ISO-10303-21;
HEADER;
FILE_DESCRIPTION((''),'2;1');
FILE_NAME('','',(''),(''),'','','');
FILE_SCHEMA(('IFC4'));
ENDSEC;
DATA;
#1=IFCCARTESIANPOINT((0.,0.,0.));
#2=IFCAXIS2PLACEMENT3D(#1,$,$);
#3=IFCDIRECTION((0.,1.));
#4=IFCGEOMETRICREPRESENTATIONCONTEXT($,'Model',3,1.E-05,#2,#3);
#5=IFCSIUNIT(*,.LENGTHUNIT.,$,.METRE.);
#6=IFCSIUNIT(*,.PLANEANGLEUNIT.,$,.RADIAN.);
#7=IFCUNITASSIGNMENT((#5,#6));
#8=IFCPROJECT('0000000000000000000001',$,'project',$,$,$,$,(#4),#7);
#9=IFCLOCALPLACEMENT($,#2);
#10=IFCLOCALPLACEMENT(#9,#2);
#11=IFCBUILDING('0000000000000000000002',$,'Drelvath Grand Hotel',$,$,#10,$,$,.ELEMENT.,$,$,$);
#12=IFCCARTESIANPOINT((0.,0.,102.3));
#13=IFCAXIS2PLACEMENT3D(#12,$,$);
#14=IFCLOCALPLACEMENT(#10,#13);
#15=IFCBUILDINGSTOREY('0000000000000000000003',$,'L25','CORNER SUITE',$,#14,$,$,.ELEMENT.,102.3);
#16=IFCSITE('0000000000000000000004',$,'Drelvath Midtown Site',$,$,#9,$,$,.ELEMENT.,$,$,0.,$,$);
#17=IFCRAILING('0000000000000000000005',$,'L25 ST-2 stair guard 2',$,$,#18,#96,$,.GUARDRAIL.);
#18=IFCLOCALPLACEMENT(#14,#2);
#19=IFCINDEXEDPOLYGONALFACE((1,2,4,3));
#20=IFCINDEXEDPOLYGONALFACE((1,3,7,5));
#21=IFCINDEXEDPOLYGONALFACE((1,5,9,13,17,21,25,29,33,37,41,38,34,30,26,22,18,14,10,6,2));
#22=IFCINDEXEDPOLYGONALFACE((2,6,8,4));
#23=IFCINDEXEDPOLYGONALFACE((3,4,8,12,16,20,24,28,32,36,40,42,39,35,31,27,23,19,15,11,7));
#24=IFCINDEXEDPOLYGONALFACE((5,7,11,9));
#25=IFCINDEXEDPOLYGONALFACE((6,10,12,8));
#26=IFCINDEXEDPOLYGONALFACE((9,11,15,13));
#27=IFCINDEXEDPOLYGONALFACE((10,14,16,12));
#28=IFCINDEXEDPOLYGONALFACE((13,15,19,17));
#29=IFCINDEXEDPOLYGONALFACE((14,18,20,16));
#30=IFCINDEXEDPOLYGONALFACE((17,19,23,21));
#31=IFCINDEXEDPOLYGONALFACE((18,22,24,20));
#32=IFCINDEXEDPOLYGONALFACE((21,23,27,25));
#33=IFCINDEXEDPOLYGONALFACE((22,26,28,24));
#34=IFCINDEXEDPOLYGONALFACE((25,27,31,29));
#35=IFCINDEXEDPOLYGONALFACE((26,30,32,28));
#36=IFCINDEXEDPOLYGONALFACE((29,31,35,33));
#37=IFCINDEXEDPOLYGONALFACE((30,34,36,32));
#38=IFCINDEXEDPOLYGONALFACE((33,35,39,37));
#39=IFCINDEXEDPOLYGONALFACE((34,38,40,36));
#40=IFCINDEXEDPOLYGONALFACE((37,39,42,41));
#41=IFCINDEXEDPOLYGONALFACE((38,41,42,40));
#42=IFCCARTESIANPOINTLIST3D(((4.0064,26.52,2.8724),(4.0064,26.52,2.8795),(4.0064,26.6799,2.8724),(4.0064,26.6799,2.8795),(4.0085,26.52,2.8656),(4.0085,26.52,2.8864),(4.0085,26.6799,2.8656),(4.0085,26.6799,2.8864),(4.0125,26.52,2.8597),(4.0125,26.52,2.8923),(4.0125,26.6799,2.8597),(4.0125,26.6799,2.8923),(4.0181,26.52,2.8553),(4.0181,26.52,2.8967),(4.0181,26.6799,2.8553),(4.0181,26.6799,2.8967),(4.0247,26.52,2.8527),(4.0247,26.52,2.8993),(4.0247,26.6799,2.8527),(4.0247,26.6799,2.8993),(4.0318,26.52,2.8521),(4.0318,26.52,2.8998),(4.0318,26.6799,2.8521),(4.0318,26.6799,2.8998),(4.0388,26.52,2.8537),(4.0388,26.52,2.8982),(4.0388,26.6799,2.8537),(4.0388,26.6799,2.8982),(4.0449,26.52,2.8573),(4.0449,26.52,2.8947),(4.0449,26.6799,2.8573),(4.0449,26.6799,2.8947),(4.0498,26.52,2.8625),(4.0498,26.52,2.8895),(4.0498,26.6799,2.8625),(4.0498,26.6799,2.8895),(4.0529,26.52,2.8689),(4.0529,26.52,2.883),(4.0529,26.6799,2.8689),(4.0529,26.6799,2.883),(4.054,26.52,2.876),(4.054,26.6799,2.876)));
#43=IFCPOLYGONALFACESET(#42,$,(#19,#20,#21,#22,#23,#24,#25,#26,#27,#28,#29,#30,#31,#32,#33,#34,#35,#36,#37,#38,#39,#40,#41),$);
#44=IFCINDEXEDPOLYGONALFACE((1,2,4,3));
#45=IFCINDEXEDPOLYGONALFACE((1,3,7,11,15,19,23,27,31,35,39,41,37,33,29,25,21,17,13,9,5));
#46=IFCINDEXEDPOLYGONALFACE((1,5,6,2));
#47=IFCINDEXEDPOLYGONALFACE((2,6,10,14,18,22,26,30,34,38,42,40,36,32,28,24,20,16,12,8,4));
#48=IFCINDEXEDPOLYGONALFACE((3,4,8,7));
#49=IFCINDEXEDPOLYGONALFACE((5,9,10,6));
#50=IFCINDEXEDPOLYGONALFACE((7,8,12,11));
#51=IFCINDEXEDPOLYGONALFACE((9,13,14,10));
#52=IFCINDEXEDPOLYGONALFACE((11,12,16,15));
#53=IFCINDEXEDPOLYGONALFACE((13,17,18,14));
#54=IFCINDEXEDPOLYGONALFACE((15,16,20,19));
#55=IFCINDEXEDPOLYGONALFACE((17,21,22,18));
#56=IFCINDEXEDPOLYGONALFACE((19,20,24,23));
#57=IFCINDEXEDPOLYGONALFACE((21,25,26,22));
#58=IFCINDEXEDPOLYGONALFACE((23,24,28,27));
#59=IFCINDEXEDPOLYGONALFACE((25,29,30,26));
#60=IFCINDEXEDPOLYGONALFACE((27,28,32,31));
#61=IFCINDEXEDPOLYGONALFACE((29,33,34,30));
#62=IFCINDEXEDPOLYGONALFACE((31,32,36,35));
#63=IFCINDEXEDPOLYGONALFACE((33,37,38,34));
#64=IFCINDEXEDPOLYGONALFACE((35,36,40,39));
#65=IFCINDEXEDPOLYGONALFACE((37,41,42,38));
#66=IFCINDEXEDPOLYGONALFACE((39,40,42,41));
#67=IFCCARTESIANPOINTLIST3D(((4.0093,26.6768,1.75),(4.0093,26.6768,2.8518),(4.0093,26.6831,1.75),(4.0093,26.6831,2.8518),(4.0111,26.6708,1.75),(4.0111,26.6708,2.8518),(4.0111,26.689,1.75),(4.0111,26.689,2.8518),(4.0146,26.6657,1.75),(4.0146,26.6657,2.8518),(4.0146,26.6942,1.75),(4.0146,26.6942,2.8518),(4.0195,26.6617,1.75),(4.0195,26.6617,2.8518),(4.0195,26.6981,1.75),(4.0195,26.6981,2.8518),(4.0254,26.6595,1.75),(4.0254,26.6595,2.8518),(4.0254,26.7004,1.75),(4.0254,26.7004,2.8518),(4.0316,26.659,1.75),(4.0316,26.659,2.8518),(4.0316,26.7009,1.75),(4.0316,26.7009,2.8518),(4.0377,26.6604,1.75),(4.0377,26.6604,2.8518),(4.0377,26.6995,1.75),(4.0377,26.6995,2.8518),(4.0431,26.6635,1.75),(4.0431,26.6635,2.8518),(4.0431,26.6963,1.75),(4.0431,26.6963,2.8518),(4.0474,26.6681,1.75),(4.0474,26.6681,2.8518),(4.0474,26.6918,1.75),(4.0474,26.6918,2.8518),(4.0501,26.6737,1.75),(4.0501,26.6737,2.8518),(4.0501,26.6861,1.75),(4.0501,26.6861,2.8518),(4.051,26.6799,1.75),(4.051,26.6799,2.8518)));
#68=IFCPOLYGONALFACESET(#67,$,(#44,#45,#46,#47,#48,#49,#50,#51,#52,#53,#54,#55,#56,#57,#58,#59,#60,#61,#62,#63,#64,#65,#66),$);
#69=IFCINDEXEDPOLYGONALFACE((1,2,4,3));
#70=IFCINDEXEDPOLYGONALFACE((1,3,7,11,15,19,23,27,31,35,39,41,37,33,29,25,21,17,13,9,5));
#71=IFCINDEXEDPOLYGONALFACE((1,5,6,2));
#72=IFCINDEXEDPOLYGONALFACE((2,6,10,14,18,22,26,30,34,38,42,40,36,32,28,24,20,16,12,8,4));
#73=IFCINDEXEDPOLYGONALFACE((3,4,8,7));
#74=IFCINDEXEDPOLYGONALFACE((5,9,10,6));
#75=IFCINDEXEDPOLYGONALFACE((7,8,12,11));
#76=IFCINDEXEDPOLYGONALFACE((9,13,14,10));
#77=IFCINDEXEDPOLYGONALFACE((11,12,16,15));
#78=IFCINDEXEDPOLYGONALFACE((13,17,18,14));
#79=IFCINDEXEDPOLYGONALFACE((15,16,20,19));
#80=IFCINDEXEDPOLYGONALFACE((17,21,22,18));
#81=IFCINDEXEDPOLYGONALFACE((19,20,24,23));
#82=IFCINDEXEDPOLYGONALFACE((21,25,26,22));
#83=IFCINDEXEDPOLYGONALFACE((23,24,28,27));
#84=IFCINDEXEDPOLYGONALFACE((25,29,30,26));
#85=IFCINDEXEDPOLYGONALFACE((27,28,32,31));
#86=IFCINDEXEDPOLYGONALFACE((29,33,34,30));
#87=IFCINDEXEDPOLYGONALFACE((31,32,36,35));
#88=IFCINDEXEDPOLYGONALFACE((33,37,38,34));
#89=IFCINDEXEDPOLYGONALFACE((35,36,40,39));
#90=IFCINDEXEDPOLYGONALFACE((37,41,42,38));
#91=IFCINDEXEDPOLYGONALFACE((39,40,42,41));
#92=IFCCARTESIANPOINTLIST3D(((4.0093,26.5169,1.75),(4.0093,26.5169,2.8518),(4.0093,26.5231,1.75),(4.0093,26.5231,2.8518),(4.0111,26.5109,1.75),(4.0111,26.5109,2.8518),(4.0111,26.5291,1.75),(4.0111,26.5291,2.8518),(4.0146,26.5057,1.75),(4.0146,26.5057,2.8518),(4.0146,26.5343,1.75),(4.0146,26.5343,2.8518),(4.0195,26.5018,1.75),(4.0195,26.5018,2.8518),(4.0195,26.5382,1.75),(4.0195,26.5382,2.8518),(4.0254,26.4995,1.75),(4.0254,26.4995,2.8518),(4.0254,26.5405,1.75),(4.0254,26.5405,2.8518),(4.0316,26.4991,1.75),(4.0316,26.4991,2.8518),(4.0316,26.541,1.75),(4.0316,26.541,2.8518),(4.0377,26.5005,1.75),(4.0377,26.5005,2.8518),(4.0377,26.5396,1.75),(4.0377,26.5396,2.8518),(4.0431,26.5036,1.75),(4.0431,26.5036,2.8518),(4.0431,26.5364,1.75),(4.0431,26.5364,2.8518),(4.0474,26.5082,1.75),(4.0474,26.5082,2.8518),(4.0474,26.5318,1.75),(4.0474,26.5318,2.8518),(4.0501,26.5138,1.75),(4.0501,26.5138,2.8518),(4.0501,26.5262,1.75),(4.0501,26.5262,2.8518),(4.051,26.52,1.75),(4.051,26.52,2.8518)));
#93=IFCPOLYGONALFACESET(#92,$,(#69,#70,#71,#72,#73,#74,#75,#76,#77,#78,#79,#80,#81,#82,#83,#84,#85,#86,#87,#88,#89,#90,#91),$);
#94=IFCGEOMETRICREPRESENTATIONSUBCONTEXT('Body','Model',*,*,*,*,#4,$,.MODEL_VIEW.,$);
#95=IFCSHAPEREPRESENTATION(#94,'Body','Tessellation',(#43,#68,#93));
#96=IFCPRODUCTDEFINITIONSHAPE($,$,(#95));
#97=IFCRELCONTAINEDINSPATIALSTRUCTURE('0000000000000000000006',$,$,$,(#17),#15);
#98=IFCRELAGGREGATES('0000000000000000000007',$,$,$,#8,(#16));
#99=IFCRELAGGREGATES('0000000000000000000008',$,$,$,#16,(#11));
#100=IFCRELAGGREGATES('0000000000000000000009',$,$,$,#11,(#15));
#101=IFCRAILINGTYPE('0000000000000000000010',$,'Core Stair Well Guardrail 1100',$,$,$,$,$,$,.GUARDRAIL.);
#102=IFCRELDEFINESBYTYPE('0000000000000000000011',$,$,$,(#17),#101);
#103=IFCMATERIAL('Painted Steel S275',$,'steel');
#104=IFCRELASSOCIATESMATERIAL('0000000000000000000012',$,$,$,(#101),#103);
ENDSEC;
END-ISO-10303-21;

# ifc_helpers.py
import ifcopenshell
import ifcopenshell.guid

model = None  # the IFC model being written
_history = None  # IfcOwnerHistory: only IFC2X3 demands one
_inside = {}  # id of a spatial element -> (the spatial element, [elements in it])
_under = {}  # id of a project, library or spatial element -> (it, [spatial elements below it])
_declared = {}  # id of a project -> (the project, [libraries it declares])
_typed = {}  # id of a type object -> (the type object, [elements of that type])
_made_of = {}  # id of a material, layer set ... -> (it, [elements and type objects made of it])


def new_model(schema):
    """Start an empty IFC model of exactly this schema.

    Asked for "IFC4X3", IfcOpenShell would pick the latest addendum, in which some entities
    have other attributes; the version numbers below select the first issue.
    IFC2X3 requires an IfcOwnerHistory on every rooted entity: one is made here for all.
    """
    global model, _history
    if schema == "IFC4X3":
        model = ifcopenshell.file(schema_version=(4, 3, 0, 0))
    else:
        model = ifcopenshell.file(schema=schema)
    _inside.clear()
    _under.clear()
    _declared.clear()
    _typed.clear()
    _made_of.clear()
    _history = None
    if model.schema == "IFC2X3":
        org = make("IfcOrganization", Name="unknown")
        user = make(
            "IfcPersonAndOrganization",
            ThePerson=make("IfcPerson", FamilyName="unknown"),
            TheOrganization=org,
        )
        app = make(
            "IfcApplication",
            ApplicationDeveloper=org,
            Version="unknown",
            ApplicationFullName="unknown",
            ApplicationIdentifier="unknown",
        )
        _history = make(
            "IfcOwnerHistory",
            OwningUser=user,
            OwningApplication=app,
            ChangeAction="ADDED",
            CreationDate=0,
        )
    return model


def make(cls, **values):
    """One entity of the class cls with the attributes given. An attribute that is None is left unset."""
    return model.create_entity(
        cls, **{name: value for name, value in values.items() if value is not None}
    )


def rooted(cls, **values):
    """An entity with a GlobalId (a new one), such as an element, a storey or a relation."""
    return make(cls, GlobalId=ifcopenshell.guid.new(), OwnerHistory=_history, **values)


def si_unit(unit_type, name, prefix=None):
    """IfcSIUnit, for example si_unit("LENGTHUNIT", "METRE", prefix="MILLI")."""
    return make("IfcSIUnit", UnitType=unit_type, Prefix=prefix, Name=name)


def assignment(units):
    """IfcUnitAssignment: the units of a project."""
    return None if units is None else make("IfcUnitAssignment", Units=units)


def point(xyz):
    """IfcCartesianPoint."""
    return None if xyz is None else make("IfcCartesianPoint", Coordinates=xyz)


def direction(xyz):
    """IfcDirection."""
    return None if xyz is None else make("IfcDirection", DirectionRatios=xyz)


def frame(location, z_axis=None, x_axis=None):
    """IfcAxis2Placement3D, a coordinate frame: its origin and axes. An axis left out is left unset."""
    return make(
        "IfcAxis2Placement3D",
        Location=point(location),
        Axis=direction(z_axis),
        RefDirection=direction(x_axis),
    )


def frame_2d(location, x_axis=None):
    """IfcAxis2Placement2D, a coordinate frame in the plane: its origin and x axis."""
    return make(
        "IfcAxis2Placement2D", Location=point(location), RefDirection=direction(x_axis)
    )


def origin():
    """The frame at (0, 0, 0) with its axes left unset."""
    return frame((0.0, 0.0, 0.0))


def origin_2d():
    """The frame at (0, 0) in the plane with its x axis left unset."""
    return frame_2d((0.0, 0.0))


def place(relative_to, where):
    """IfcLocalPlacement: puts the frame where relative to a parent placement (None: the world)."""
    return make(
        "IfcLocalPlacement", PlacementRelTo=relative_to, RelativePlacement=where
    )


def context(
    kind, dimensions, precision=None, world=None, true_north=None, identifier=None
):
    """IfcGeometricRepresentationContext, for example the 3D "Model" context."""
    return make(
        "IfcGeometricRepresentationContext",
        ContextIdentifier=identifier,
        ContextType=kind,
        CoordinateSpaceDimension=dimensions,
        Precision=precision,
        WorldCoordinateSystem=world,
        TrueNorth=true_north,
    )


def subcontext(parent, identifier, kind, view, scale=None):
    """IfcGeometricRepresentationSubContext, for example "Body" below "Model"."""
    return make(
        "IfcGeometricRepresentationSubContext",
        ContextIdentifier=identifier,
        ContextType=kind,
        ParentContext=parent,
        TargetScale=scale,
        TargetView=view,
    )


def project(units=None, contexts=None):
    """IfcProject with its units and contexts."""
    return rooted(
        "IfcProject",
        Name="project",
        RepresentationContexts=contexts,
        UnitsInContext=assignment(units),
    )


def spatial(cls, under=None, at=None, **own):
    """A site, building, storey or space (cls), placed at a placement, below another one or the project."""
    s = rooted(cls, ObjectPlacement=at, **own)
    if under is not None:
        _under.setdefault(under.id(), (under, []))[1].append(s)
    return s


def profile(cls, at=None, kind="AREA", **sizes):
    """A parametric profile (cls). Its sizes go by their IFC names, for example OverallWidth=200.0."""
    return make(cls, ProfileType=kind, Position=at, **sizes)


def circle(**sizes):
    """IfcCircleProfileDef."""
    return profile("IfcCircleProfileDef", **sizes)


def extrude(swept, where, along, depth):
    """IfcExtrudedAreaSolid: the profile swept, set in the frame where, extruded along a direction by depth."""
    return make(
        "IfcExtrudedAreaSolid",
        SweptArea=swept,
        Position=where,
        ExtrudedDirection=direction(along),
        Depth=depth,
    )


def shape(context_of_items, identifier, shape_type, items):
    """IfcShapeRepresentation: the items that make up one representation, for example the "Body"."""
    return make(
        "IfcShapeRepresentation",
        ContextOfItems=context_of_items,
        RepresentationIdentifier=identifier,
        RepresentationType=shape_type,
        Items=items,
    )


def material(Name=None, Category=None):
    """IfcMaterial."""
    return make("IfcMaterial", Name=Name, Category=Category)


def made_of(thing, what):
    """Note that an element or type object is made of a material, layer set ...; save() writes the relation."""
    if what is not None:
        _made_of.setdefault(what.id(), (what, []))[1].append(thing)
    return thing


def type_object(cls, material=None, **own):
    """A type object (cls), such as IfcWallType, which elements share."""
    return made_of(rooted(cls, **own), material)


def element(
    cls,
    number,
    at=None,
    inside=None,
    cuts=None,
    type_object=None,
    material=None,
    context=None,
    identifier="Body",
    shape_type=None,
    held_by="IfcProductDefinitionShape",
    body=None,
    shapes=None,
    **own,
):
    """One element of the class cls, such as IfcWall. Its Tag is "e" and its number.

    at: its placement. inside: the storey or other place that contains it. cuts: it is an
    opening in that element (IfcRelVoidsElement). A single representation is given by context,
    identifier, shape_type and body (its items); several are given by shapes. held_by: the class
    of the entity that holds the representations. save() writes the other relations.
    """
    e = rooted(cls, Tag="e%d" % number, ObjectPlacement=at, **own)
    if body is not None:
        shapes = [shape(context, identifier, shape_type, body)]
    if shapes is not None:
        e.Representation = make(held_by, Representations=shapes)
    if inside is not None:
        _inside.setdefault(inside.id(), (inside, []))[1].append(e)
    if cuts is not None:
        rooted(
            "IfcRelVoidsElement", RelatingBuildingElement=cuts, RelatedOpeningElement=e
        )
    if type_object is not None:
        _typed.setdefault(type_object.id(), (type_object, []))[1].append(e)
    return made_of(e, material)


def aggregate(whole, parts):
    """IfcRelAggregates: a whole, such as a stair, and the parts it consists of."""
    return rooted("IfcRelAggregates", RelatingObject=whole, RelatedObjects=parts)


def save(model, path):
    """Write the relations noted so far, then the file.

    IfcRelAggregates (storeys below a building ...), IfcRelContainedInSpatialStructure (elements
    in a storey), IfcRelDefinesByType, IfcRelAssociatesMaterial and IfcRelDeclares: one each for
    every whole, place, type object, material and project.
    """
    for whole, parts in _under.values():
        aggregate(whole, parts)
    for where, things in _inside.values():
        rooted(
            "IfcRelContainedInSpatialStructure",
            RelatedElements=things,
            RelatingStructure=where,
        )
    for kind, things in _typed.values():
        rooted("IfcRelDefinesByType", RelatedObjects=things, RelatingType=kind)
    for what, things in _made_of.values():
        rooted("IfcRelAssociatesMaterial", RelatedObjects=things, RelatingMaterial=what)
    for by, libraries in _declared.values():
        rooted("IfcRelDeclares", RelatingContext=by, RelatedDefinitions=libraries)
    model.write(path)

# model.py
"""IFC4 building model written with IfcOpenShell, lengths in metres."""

from ifc_helpers import new_model, si_unit, direction, frame, origin, origin_2d, place, context, subcontext, project, spatial, circle, extrude, material, type_object, element, save


model = new_model("IFC4")

# Units and contexts
model_context = context("Model", 3, precision=1e-05, world=origin(), true_north=direction((0.0, 1.0)))
body_context = subcontext(model_context, "Body", "Model", "MODEL_VIEW")
ifc_project = project(units=[si_unit("LENGTHUNIT", "METRE"), si_unit("PLANEANGLEUNIT", "RADIAN")], contexts=[model_context])

# Site, building, storey
site_placement = place(None, origin())
site = spatial("IfcSite", under=ifc_project, at=site_placement, Name="Drelvath Midtown Site", CompositionType="ELEMENT", RefElevation=0.0)
building_placement = place(site_placement, origin())
building = spatial("IfcBuilding", under=site, at=building_placement, Name="Drelvath Grand Hotel", CompositionType="ELEMENT")
storey_placement = place(building_placement, frame((0.0, 0.0, 102.3)))
storey = spatial("IfcBuildingStorey", under=building, at=storey_placement, Name="L25", Description="CORNER SUITE", CompositionType="ELEMENT", Elevation=102.3)

# Railing
ifc_material_1 = material(Name="Painted Steel S275", Category="steel")
railing_type_1 = type_object("IfcRailingType", Name="Core Stair Well Guardrail 1100", PredefinedType="GUARDRAIL", material=ifc_material_1)
railing_1_placement = place(storey_placement, frame((4.03, 26.6799, 1.75)))
element("IfcRailing", 1, at=railing_1_placement, inside=storey, type_object=railing_type_1, Name="L25 ST-2 stair guard 2", PredefinedType="GUARDRAIL", context=body_context, shape_type="SweptSolid", body=[
    extrude(circle(Radius=0.0239, at=origin_2d()), frame((0.0, 0.0, 1.126), z_axis=(0.0, -1.0, 0.0), x_axis=(1.0, 0.0, 0.0)), (0.0, 0.0, 1.0), 0.1599),
    extrude(circle(Radius=0.021, at=origin_2d()), origin(), (0.0, 0.0, 1.0), 1.1018),
    extrude(circle(Radius=0.021, at=origin_2d()), frame((0.0, -0.1599, 0.0)), (0.0, 0.0, 1.0), 1.1018),
])

save(model, "model.ifc")
